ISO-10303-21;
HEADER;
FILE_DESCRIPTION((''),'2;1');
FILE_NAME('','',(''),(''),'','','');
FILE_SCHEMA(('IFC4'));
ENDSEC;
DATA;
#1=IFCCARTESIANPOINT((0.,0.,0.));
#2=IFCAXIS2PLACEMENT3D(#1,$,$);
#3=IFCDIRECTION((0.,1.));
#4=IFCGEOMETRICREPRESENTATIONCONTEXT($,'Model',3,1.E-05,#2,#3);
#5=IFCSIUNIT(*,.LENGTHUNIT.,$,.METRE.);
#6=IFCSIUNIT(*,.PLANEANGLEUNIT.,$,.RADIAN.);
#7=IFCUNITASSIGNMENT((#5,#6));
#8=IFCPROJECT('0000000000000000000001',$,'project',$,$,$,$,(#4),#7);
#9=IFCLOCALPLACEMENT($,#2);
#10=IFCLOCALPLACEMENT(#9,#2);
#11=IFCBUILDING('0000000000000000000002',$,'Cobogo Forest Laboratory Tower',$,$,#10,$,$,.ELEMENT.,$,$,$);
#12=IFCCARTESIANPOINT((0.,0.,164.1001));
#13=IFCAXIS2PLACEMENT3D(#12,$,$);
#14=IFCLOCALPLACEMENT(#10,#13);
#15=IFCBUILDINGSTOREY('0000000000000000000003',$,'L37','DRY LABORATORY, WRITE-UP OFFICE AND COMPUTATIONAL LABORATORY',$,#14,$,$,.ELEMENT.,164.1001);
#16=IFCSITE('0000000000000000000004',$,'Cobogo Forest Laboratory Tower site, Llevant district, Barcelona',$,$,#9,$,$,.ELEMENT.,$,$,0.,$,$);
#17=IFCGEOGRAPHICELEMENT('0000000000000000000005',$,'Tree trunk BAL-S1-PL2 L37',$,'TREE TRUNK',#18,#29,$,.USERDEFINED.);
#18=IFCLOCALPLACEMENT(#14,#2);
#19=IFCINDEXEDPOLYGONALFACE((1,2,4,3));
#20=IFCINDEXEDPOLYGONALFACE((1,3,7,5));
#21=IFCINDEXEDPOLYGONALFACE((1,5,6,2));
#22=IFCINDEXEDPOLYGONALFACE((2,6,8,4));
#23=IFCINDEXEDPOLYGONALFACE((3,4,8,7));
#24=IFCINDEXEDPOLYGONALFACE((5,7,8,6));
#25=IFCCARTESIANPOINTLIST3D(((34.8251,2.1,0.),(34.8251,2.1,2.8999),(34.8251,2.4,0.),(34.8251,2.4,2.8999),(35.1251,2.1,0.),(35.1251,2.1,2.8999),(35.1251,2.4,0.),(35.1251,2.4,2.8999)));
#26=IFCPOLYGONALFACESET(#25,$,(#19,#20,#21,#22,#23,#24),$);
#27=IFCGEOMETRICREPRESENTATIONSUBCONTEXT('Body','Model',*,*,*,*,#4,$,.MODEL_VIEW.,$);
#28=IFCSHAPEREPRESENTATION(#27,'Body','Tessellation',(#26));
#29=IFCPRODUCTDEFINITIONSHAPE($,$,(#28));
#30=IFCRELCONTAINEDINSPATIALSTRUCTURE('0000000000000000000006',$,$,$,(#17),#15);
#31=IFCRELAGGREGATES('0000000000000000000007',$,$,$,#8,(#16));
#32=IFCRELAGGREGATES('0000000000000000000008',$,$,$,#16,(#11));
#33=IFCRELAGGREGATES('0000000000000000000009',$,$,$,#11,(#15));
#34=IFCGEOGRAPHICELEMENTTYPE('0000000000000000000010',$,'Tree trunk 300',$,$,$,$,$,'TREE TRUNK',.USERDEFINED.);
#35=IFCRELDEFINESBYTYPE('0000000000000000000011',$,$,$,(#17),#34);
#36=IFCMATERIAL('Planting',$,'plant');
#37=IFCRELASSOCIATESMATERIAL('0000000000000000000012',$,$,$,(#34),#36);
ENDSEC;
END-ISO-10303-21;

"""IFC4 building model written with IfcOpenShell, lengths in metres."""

from ifc_helpers import new_model, si_unit, direction, frame, origin, origin_2d, place, context, subcontext, project, spatial, rectangle, extrude, material, type_object, element, save


model = new_model("IFC4")

# Units and contexts
model_context = context("Model", 3, precision=1e-05, world=origin(), true_north=direction((0.0, 1.0)))
body_context = subcontext(model_context, "Body", "Model", "MODEL_VIEW")
ifc_project = project(units=[si_unit("LENGTHUNIT", "METRE"), si_unit("PLANEANGLEUNIT", "RADIAN")], contexts=[model_context])

# Site, building, storey
site_placement = place(None, origin())
site = spatial("IfcSite", under=ifc_project, at=site_placement, Name="Cobogo Forest Laboratory Tower site, Llevant district, Barcelona", CompositionType="ELEMENT", RefElevation=0.0)
building_placement = place(site_placement, origin())
building = spatial("IfcBuilding", under=site, at=building_placement, Name="Cobogo Forest Laboratory Tower", CompositionType="ELEMENT")
storey_placement = place(building_placement, frame((0.0, 0.0, 164.1001)))
storey = spatial("IfcBuildingStorey", under=building, at=storey_placement, Name="L37", Description="DRY LABORATORY, WRITE-UP OFFICE AND COMPUTATIONAL LABORATORY", CompositionType="ELEMENT", Elevation=164.1001)

# Geographic element
ifc_material_1 = material(Name="Planting", Category="plant")
geographic_element_type = type_object("IfcGeographicElementType", Name="Tree trunk 300", ElementType="TREE TRUNK", PredefinedType="USERDEFINED", material=ifc_material_1)
for number, where, z_axis, x_axis, name in (
    (1, (34.9751, 2.25, 0.0), (0.0, 0.0, 1.0), (1.0, 0.0, 0.0), "Tree trunk BAL-S1-PL2 L37"),
):
    element("IfcGeographicElement", number, at=place(storey_placement, frame(where, z_axis=z_axis, x_axis=x_axis)), inside=storey, type_object=geographic_element_type, Name=name, ObjectType="TREE TRUNK", PredefinedType="USERDEFINED", context=body_context, shape_type="SweptSolid", body=[
        extrude(rectangle(XDim=0.3, YDim=0.3, at=origin_2d()), origin(), (0.0, 0.0, 1.0), 2.8999),
    ])

save(model, "model.ifc")
